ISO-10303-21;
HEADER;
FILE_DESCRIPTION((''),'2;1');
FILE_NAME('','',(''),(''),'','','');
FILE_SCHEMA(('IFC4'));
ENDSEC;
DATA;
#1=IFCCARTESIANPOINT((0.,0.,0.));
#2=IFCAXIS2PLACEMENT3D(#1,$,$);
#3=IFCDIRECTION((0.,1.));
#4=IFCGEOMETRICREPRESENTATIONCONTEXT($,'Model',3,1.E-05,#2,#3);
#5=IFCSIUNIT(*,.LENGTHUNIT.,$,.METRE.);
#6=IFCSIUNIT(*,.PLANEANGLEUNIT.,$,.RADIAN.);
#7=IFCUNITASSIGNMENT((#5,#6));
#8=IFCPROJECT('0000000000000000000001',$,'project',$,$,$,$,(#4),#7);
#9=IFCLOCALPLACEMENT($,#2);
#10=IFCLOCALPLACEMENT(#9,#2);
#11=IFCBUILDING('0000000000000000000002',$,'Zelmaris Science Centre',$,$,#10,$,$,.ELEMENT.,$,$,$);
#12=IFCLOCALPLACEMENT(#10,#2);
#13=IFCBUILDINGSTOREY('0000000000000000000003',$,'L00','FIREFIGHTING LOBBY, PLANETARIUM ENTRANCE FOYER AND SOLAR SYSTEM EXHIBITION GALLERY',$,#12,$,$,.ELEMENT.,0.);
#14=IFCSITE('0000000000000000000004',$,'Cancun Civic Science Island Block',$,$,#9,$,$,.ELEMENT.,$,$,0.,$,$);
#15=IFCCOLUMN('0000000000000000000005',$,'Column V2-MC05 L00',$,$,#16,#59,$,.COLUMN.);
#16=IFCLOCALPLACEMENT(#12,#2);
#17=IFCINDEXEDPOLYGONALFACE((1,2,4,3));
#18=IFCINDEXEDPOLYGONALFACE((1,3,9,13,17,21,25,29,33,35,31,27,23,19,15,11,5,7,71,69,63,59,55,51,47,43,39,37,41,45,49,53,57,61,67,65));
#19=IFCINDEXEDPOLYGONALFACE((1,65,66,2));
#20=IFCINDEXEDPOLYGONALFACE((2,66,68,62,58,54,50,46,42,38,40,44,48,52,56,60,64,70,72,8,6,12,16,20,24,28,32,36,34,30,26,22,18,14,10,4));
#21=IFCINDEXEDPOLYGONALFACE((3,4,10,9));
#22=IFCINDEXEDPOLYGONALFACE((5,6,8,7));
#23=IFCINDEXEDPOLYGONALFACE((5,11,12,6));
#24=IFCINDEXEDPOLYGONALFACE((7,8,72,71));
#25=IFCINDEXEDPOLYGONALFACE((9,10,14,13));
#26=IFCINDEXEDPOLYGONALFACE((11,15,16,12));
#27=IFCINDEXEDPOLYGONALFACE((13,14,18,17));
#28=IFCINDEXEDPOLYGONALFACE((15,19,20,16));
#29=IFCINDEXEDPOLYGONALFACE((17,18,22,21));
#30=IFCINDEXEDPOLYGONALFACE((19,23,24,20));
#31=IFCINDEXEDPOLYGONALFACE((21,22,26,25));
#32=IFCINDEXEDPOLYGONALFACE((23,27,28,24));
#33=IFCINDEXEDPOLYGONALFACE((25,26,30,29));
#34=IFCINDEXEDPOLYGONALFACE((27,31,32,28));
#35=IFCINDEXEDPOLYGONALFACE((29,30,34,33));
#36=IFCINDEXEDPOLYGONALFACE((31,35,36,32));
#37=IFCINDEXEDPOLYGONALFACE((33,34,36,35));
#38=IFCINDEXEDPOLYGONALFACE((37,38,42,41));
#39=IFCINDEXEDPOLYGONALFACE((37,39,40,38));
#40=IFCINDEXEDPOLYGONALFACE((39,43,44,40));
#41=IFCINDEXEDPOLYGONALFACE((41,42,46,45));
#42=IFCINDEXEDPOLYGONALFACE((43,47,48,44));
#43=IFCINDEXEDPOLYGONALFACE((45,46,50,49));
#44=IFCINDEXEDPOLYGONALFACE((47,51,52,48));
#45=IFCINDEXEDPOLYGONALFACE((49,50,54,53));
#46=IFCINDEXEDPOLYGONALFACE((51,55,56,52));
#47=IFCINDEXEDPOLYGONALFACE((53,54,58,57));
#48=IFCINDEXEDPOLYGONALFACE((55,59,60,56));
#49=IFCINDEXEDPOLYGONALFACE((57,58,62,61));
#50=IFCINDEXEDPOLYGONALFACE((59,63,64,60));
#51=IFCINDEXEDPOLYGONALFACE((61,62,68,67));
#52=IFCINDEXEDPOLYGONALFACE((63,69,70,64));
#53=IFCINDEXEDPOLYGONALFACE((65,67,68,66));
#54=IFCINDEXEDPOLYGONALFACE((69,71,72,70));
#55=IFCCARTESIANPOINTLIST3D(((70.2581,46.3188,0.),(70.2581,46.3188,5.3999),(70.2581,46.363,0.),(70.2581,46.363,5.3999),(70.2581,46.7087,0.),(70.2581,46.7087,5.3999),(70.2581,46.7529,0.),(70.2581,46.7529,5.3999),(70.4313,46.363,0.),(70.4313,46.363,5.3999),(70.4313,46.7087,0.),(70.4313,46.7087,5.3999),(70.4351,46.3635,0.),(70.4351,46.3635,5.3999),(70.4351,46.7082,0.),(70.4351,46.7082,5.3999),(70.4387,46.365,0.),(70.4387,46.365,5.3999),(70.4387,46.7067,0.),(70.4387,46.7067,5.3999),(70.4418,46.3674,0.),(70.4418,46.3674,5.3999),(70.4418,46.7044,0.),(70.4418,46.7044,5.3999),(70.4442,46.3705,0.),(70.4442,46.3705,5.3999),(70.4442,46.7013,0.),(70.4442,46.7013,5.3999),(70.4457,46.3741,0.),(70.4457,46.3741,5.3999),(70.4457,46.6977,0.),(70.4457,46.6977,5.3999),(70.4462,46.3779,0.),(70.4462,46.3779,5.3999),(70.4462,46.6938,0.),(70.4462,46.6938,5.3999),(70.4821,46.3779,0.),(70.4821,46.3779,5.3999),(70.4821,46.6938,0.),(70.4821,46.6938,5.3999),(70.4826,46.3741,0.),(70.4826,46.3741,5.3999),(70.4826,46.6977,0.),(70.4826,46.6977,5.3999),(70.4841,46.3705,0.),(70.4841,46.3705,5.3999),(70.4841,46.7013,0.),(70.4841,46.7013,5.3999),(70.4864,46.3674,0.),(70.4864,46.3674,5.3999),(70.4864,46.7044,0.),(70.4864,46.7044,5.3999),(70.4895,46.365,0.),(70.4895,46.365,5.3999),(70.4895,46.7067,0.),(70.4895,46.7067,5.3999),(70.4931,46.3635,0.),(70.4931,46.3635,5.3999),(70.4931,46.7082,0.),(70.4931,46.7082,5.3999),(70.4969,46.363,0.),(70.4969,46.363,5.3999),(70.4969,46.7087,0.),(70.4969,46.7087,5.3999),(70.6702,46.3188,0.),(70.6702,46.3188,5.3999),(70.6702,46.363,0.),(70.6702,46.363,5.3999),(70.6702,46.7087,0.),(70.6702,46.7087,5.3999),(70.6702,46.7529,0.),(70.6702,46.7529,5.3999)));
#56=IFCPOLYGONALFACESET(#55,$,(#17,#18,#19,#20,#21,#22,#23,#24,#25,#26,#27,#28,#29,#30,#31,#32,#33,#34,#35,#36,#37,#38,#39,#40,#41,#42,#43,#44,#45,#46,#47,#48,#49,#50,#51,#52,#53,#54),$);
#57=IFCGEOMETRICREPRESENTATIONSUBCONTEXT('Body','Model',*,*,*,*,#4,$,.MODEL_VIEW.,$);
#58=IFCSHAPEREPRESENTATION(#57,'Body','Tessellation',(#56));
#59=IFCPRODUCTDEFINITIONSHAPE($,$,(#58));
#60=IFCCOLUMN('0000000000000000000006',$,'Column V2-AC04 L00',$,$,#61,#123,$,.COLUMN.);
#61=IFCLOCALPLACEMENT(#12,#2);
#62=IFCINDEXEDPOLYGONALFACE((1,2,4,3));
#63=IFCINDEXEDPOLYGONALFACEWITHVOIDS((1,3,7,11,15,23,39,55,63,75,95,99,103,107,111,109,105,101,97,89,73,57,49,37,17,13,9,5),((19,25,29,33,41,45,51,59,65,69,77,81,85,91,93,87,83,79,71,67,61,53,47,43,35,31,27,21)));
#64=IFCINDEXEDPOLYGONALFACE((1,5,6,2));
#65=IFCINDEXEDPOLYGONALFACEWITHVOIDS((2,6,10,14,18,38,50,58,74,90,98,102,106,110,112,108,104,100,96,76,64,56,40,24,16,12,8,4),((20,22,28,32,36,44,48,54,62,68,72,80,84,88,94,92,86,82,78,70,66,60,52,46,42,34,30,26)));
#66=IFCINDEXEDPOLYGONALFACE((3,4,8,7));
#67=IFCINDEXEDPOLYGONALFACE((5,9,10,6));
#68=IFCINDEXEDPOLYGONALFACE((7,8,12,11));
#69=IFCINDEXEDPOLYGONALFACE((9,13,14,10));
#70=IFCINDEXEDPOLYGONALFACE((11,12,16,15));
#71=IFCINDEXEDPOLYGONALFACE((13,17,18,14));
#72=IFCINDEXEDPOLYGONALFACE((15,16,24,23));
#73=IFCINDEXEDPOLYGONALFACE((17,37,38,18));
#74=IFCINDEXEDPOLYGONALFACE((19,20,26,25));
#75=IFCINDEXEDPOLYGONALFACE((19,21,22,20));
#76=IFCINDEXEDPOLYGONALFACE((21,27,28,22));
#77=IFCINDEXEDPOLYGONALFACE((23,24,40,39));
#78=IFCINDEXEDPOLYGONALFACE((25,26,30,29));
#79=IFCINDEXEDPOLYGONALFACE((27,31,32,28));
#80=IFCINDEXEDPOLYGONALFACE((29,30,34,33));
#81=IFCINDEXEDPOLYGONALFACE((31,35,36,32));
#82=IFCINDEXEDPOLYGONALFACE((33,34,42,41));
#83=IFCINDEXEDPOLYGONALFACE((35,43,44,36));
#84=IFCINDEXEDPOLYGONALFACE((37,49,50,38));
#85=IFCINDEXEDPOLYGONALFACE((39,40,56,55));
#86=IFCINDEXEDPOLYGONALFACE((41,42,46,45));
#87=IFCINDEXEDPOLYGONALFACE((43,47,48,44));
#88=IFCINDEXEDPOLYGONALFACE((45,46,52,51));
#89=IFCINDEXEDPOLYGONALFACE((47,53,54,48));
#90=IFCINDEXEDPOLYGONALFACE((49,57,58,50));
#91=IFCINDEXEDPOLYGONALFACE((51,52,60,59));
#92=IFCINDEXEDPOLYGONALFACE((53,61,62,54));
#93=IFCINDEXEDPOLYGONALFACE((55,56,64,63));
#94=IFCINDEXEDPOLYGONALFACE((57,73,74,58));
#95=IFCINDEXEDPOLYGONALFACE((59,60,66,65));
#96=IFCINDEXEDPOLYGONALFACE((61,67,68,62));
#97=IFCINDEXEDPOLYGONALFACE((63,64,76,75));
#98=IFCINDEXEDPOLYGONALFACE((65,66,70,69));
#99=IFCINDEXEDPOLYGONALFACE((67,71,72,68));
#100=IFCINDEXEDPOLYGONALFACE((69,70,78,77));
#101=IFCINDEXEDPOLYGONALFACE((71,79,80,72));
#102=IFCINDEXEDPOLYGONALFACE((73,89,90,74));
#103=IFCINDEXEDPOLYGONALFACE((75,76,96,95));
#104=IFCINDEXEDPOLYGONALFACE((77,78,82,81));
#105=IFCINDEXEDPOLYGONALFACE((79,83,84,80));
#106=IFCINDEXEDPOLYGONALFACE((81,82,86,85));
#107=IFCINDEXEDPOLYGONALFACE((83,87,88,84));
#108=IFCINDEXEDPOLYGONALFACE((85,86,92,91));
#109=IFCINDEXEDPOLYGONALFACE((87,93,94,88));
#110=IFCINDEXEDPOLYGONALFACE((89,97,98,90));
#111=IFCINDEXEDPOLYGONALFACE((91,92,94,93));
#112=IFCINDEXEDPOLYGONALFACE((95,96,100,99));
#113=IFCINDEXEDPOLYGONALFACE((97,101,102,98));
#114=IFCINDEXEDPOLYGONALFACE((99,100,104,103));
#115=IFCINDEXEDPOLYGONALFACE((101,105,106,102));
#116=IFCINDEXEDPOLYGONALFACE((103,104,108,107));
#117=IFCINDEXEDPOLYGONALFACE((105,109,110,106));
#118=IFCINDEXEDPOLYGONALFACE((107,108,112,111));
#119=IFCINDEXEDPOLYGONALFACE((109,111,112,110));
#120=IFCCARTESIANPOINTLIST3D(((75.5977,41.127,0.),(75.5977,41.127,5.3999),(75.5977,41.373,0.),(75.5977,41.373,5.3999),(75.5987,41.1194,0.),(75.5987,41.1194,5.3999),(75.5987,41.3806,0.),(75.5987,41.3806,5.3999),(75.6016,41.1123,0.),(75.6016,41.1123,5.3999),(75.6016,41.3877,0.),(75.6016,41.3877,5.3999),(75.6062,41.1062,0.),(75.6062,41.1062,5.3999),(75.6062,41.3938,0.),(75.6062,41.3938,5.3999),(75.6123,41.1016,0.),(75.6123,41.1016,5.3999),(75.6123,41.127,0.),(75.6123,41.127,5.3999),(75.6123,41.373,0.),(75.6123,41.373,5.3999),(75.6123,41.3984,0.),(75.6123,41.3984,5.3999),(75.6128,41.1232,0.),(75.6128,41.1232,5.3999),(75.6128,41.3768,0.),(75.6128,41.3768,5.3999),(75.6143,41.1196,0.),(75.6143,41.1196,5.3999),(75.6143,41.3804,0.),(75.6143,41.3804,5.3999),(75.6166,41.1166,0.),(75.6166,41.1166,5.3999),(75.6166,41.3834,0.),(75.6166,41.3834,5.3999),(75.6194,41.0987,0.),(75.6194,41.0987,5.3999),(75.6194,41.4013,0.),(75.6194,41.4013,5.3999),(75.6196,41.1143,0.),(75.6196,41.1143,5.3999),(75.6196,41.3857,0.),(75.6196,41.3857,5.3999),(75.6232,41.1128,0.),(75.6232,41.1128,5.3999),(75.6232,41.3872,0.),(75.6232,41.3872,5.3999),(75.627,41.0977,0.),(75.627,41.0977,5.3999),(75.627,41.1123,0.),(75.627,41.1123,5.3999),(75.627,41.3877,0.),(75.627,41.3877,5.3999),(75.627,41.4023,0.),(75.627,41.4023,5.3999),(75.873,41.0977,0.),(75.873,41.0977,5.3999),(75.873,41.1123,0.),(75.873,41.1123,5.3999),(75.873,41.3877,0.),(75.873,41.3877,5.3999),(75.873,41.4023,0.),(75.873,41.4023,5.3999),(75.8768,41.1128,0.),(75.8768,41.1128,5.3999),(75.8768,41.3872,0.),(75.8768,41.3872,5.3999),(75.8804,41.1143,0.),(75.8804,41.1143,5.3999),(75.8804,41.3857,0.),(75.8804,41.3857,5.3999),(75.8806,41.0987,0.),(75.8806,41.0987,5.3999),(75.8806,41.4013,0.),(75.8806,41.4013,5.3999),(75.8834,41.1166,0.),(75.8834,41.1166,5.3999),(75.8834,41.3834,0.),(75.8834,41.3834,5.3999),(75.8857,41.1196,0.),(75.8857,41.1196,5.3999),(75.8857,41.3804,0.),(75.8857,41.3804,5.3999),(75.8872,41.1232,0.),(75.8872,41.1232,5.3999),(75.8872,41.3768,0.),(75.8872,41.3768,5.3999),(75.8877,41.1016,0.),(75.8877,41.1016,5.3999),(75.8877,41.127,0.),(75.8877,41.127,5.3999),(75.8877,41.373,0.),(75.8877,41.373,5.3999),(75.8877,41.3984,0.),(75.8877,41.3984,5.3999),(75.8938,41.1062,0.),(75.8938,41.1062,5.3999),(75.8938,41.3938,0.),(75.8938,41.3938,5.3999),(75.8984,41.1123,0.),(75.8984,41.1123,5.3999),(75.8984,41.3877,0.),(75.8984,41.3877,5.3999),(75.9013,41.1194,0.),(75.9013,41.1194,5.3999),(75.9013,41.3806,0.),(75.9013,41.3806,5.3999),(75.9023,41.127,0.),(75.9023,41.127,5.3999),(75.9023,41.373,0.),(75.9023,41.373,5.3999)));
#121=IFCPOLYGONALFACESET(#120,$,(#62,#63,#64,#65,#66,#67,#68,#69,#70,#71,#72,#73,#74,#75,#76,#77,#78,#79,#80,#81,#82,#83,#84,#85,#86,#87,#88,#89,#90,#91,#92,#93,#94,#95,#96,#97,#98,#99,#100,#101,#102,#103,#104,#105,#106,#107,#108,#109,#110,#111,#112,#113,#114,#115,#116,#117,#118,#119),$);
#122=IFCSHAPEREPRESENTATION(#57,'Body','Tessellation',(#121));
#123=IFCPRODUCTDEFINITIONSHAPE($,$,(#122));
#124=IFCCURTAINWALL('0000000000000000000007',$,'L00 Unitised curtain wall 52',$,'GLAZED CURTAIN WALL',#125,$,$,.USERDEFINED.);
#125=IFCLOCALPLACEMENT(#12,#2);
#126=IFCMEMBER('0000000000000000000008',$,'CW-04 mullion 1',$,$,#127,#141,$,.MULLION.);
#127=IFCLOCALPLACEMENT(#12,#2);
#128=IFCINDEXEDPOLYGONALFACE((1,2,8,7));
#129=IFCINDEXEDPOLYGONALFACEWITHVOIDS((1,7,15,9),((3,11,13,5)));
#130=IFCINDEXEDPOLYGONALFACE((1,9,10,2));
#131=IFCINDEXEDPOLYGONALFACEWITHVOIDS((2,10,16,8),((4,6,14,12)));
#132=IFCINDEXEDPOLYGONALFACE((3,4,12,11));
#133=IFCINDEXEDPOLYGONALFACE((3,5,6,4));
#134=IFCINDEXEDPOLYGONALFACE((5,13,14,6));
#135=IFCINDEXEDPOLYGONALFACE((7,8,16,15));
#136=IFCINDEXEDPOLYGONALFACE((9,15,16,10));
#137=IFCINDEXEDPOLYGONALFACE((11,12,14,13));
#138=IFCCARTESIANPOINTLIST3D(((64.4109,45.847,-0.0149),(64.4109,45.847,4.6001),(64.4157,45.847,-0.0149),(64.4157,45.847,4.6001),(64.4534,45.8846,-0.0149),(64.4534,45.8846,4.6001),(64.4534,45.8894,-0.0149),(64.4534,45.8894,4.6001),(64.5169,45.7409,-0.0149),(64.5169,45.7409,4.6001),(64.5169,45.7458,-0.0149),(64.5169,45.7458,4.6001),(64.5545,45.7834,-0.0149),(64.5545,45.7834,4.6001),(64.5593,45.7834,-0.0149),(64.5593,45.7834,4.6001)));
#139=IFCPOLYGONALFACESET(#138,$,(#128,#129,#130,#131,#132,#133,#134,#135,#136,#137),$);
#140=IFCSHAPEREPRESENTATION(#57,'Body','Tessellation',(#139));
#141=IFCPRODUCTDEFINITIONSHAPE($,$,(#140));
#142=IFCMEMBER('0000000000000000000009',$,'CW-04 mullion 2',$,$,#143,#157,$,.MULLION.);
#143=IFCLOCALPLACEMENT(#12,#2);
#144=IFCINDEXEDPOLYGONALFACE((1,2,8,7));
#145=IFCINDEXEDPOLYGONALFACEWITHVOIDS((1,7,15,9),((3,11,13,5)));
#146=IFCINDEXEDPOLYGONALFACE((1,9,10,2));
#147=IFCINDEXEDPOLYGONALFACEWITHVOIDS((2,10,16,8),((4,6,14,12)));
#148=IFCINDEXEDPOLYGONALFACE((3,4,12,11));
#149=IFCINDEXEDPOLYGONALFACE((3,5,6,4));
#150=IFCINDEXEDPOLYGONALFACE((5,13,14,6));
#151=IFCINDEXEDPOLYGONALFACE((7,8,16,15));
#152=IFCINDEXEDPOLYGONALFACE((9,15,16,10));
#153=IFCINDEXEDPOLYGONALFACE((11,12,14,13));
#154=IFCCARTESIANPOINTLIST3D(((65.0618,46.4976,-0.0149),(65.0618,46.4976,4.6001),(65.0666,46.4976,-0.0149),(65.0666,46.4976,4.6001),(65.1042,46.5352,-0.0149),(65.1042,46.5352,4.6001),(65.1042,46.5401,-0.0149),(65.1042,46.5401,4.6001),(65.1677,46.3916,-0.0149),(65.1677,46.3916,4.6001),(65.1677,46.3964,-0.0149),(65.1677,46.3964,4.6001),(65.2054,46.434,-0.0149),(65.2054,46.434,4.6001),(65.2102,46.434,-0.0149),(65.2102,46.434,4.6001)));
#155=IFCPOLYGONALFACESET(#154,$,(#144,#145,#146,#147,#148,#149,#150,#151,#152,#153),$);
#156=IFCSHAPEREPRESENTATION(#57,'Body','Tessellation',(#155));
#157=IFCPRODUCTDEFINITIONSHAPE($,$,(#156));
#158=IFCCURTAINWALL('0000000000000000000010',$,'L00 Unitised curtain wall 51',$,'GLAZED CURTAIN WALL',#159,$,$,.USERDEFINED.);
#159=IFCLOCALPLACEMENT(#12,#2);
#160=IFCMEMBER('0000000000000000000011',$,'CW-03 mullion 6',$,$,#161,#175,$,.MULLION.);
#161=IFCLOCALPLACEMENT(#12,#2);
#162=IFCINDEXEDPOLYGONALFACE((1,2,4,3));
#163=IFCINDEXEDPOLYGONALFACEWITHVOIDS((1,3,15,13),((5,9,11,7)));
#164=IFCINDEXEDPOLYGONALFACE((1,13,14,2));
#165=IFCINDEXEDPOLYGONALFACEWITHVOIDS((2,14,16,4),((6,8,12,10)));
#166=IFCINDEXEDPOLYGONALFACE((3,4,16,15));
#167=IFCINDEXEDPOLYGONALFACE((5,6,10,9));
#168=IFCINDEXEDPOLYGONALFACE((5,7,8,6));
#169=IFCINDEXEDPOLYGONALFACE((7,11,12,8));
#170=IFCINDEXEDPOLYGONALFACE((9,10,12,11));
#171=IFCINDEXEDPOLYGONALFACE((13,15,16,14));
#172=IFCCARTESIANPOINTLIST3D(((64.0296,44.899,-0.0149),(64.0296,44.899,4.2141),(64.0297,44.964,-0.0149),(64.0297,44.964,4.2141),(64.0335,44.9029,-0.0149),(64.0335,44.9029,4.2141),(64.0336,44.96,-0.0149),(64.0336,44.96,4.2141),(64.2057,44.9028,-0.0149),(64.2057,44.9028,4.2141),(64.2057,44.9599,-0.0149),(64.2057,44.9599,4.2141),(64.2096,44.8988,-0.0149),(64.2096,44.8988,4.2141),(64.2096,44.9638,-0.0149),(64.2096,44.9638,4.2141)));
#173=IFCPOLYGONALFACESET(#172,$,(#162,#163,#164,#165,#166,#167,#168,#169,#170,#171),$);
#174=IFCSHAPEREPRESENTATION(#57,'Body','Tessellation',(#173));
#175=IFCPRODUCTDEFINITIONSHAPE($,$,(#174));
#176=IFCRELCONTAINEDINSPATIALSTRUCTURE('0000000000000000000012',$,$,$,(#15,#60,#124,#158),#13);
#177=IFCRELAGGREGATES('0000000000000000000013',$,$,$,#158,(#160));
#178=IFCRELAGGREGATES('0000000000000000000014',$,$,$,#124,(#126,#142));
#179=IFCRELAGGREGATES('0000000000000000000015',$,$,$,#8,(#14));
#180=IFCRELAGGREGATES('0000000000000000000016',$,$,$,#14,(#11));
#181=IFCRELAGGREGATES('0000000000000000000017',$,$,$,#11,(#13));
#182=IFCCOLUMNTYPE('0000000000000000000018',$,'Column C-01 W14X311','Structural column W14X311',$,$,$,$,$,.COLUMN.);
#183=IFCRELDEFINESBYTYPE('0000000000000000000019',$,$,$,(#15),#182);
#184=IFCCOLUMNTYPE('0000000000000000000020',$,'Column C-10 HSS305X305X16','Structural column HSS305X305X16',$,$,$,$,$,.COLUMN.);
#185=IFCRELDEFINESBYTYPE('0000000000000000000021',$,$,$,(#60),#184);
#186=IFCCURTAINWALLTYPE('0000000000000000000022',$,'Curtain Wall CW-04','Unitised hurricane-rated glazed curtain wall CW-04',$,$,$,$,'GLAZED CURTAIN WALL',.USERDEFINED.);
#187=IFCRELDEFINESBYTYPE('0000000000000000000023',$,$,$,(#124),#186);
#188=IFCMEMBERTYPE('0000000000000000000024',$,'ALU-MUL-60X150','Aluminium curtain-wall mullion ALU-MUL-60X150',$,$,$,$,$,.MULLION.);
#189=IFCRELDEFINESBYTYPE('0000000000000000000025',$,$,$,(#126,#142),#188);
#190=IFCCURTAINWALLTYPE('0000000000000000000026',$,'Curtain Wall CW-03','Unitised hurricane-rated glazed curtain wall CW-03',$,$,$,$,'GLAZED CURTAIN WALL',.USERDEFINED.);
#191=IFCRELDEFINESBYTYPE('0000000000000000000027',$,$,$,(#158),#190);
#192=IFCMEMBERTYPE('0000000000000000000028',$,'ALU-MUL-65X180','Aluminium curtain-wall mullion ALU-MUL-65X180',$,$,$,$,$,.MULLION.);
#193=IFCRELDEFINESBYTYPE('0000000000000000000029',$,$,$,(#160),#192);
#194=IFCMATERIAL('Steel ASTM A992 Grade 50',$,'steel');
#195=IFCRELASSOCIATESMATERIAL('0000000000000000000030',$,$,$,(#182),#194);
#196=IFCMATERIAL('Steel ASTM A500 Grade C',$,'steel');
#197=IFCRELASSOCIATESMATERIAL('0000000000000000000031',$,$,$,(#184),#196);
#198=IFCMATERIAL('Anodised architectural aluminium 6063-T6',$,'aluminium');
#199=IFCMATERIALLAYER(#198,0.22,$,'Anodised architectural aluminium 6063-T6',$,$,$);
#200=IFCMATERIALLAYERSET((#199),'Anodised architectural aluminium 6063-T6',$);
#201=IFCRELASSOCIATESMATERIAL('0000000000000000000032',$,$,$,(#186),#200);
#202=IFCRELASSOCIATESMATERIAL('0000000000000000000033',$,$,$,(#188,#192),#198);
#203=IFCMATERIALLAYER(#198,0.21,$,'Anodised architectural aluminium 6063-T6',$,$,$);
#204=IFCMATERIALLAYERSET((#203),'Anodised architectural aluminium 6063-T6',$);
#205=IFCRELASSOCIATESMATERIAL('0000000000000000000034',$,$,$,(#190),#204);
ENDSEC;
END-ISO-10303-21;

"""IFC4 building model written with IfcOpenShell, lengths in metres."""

from ifc_helpers import new_model, si_unit, direction, frame, origin, origin_2d, place, context, subcontext, project, spatial, hollow_rectangle, i_section, extrude, material, layer, layer_set, material_profile, profile_set, type_object, element, aggregate, save


model = new_model("IFC4")

# Units and contexts
model_context = context("Model", 3, precision=1e-05, world=origin(), true_north=direction((0.0, 1.0)))
body_context = subcontext(model_context, "Body", "Model", "MODEL_VIEW")
ifc_project = project(units=[si_unit("LENGTHUNIT", "METRE"), si_unit("PLANEANGLEUNIT", "RADIAN")], contexts=[model_context])

# Site, building, storey
site_placement = place(None, origin())
site = spatial("IfcSite", under=ifc_project, at=site_placement, Name="Cancun Civic Science Island Block", CompositionType="ELEMENT", RefElevation=0.0)
building_placement = place(site_placement, origin())
building = spatial("IfcBuilding", under=site, at=building_placement, Name="Zelmaris Science Centre", CompositionType="ELEMENT")
storey_placement = place(building_placement, origin())
storey = spatial("IfcBuildingStorey", under=building, at=storey_placement, Name="L00", Description="FIREFIGHTING LOBBY, PLANETARIUM ENTRANCE FOYER AND SOLAR SYSTEM EXHIBITION GALLERY", CompositionType="ELEMENT", Elevation=0.0)

# Columns
ifc_material_1 = material(Name="Steel ASTM A992 Grade 50", Category="steel")
ifc_material_profile_1 = material_profile(ifc_material_1, i_section(OverallWidth=0.4121, OverallDepth=0.4341, WebThickness=0.0359, FlangeThickness=0.0442, FilletRadius=0.0149, at=origin_2d()), Name="W14X311")
ifc_profile_set_1 = profile_set([ifc_material_profile_1], Name="Steel ASTM A992 Grade 50")
column_type_1 = type_object("IfcColumnType", Name="Column C-01 W14X311", Description="Structural column W14X311", PredefinedType="COLUMN", material=ifc_profile_set_1)
column_1_placement = place(storey_placement, frame((70.4641, 46.5359, 0.0), z_axis=(0.0, 0.0, 1.0), x_axis=(1.0, 0.0, 0.0)))
element("IfcColumn", 1, at=column_1_placement, inside=storey, type_object=column_type_1, Name="Column V2-MC05 L00", PredefinedType="COLUMN", context=body_context, shape_type="SweptSolid", body=[
    extrude(i_section(OverallWidth=0.4121, OverallDepth=0.4341, WebThickness=0.0359, FlangeThickness=0.0442, FilletRadius=0.0149, at=origin_2d()), origin(), (0.0, 0.0, 1.0), 5.3999),
])
ifc_material_2 = material(Name="Steel ASTM A500 Grade C", Category="steel")
ifc_material_profile_2 = material_profile(ifc_material_2, hollow_rectangle(XDim=0.3047, YDim=0.3047, WallThickness=0.0146, InnerFilletRadius=0.0146, OuterFilletRadius=0.0293, at=origin_2d()), Name="HSS305X305X16")
ifc_profile_set_2 = profile_set([ifc_material_profile_2], Name="Steel ASTM A500 Grade C")
column_type_2 = type_object("IfcColumnType", Name="Column C-10 HSS305X305X16", Description="Structural column HSS305X305X16", PredefinedType="COLUMN", material=ifc_profile_set_2)
column_2_placement = place(storey_placement, frame((75.75, 41.25, 0.0), z_axis=(0.0, 0.0, 1.0), x_axis=(1.0, 0.0, 0.0)))
element("IfcColumn", 2, at=column_2_placement, inside=storey, type_object=column_type_2, Name="Column V2-AC04 L00", PredefinedType="COLUMN", context=body_context, shape_type="SweptSolid", body=[
    extrude(hollow_rectangle(XDim=0.3047, YDim=0.3047, WallThickness=0.0146, InnerFilletRadius=0.0146, OuterFilletRadius=0.0293, at=origin_2d()), origin(), (0.0, 0.0, 1.0), 5.3999),
])

# Curtain wall, members
ifc_material_3 = material(Name="Anodised architectural aluminium 6063-T6", Category="aluminium")
ifc_layer_1 = layer(ifc_material_3, 0.22, Name="Anodised architectural aluminium 6063-T6")
ifc_layer_set_1 = layer_set([ifc_layer_1], Name="Anodised architectural aluminium 6063-T6")
curtain_wall_type_1 = type_object("IfcCurtainWallType", Name="Curtain Wall CW-04", Description="Unitised hurricane-rated glazed curtain wall CW-04", ElementType="GLAZED CURTAIN WALL", PredefinedType="USERDEFINED", material=ifc_layer_set_1)
curtain_wall_1_placement = place(storey_placement, origin())
curtain_wall_1 = element("IfcCurtainWall", 3, at=curtain_wall_1_placement, inside=storey, type_object=curtain_wall_type_1, Name="L00 Unitised curtain wall 52", ObjectType="GLAZED CURTAIN WALL", PredefinedType="USERDEFINED")
ifc_material_profile_3 = material_profile(ifc_material_3, hollow_rectangle(XDim=0.0601, YDim=0.1499, WallThickness=0.0034, at=origin_2d()), Name="ALU-MUL-60X150")
ifc_profile_set_3 = profile_set([ifc_material_profile_3], Name="Anodised architectural aluminium 6063-T6")
member_type_1 = type_object("IfcMemberType", Name="ALU-MUL-60X150", Description="Aluminium curtain-wall mullion ALU-MUL-60X150", PredefinedType="MULLION", material=ifc_profile_set_3)
member_1_placement = place(storey_placement, frame((64.4851, 45.8152, -0.0149), z_axis=(0.0, 0.0, 1.0), x_axis=(0.707185, 0.707029, 0.0)))
member_1 = element("IfcMember", 4, at=member_1_placement, type_object=member_type_1, Name="CW-04 mullion 1", PredefinedType="MULLION", context=body_context, shape_type="SweptSolid", body=[
    extrude(hollow_rectangle(XDim=0.0601, YDim=0.1499, WallThickness=0.0034, at=origin_2d()), origin(), (0.0, 0.0, 1.0), 4.615),
])
member_2_placement = place(storey_placement, frame((65.136, 46.4658, -0.0149), z_axis=(0.0, 0.0, 1.0), x_axis=(0.707185, 0.707029, 0.0)))
member_2 = element("IfcMember", 5, at=member_2_placement, type_object=member_type_1, Name="CW-04 mullion 2", PredefinedType="MULLION", context=body_context, shape_type="SweptSolid", body=[
    extrude(hollow_rectangle(XDim=0.0601, YDim=0.1499, WallThickness=0.0034, at=origin_2d()), origin(), (0.0, 0.0, 1.0), 4.615),
])

# Curtain wall, member
ifc_layer_2 = layer(ifc_material_3, 0.21, Name="Anodised architectural aluminium 6063-T6")
ifc_layer_set_2 = layer_set([ifc_layer_2], Name="Anodised architectural aluminium 6063-T6")
curtain_wall_type_2 = type_object("IfcCurtainWallType", Name="Curtain Wall CW-03", Description="Unitised hurricane-rated glazed curtain wall CW-03", ElementType="GLAZED CURTAIN WALL", PredefinedType="USERDEFINED", material=ifc_layer_set_2)
curtain_wall_2_placement = place(storey_placement, origin())
curtain_wall_2 = element("IfcCurtainWall", 6, at=curtain_wall_2_placement, inside=storey, type_object=curtain_wall_type_2, Name="L00 Unitised curtain wall 51", ObjectType="GLAZED CURTAIN WALL", PredefinedType="USERDEFINED")
ifc_material_profile_4 = material_profile(ifc_material_3, hollow_rectangle(XDim=0.0649, YDim=0.1799, WallThickness=0.0039, at=origin_2d()), Name="ALU-MUL-65X180")
ifc_profile_set_4 = profile_set([ifc_material_profile_4], Name="Anodised architectural aluminium 6063-T6")
member_type_2 = type_object("IfcMemberType", Name="ALU-MUL-65X180", Description="Aluminium curtain-wall mullion ALU-MUL-65X180", PredefinedType="MULLION", material=ifc_profile_set_4)
member_3_placement = place(storey_placement, frame((64.1196, 44.9314, -0.0149), z_axis=(0.0, 0.0, 1.0), x_axis=(0.000946, 1.0, 0.0)))
member_3 = element("IfcMember", 7, at=member_3_placement, type_object=member_type_2, Name="CW-03 mullion 6", PredefinedType="MULLION", context=body_context, shape_type="SweptSolid", body=[
    extrude(hollow_rectangle(XDim=0.0649, YDim=0.1799, WallThickness=0.0039, at=origin_2d()), origin(), (0.0, 0.0, 1.0), 4.229),
])

aggregate(curtain_wall_2, [member_3])
aggregate(curtain_wall_1, [member_1, member_2])

save(model, "model.ifc")
